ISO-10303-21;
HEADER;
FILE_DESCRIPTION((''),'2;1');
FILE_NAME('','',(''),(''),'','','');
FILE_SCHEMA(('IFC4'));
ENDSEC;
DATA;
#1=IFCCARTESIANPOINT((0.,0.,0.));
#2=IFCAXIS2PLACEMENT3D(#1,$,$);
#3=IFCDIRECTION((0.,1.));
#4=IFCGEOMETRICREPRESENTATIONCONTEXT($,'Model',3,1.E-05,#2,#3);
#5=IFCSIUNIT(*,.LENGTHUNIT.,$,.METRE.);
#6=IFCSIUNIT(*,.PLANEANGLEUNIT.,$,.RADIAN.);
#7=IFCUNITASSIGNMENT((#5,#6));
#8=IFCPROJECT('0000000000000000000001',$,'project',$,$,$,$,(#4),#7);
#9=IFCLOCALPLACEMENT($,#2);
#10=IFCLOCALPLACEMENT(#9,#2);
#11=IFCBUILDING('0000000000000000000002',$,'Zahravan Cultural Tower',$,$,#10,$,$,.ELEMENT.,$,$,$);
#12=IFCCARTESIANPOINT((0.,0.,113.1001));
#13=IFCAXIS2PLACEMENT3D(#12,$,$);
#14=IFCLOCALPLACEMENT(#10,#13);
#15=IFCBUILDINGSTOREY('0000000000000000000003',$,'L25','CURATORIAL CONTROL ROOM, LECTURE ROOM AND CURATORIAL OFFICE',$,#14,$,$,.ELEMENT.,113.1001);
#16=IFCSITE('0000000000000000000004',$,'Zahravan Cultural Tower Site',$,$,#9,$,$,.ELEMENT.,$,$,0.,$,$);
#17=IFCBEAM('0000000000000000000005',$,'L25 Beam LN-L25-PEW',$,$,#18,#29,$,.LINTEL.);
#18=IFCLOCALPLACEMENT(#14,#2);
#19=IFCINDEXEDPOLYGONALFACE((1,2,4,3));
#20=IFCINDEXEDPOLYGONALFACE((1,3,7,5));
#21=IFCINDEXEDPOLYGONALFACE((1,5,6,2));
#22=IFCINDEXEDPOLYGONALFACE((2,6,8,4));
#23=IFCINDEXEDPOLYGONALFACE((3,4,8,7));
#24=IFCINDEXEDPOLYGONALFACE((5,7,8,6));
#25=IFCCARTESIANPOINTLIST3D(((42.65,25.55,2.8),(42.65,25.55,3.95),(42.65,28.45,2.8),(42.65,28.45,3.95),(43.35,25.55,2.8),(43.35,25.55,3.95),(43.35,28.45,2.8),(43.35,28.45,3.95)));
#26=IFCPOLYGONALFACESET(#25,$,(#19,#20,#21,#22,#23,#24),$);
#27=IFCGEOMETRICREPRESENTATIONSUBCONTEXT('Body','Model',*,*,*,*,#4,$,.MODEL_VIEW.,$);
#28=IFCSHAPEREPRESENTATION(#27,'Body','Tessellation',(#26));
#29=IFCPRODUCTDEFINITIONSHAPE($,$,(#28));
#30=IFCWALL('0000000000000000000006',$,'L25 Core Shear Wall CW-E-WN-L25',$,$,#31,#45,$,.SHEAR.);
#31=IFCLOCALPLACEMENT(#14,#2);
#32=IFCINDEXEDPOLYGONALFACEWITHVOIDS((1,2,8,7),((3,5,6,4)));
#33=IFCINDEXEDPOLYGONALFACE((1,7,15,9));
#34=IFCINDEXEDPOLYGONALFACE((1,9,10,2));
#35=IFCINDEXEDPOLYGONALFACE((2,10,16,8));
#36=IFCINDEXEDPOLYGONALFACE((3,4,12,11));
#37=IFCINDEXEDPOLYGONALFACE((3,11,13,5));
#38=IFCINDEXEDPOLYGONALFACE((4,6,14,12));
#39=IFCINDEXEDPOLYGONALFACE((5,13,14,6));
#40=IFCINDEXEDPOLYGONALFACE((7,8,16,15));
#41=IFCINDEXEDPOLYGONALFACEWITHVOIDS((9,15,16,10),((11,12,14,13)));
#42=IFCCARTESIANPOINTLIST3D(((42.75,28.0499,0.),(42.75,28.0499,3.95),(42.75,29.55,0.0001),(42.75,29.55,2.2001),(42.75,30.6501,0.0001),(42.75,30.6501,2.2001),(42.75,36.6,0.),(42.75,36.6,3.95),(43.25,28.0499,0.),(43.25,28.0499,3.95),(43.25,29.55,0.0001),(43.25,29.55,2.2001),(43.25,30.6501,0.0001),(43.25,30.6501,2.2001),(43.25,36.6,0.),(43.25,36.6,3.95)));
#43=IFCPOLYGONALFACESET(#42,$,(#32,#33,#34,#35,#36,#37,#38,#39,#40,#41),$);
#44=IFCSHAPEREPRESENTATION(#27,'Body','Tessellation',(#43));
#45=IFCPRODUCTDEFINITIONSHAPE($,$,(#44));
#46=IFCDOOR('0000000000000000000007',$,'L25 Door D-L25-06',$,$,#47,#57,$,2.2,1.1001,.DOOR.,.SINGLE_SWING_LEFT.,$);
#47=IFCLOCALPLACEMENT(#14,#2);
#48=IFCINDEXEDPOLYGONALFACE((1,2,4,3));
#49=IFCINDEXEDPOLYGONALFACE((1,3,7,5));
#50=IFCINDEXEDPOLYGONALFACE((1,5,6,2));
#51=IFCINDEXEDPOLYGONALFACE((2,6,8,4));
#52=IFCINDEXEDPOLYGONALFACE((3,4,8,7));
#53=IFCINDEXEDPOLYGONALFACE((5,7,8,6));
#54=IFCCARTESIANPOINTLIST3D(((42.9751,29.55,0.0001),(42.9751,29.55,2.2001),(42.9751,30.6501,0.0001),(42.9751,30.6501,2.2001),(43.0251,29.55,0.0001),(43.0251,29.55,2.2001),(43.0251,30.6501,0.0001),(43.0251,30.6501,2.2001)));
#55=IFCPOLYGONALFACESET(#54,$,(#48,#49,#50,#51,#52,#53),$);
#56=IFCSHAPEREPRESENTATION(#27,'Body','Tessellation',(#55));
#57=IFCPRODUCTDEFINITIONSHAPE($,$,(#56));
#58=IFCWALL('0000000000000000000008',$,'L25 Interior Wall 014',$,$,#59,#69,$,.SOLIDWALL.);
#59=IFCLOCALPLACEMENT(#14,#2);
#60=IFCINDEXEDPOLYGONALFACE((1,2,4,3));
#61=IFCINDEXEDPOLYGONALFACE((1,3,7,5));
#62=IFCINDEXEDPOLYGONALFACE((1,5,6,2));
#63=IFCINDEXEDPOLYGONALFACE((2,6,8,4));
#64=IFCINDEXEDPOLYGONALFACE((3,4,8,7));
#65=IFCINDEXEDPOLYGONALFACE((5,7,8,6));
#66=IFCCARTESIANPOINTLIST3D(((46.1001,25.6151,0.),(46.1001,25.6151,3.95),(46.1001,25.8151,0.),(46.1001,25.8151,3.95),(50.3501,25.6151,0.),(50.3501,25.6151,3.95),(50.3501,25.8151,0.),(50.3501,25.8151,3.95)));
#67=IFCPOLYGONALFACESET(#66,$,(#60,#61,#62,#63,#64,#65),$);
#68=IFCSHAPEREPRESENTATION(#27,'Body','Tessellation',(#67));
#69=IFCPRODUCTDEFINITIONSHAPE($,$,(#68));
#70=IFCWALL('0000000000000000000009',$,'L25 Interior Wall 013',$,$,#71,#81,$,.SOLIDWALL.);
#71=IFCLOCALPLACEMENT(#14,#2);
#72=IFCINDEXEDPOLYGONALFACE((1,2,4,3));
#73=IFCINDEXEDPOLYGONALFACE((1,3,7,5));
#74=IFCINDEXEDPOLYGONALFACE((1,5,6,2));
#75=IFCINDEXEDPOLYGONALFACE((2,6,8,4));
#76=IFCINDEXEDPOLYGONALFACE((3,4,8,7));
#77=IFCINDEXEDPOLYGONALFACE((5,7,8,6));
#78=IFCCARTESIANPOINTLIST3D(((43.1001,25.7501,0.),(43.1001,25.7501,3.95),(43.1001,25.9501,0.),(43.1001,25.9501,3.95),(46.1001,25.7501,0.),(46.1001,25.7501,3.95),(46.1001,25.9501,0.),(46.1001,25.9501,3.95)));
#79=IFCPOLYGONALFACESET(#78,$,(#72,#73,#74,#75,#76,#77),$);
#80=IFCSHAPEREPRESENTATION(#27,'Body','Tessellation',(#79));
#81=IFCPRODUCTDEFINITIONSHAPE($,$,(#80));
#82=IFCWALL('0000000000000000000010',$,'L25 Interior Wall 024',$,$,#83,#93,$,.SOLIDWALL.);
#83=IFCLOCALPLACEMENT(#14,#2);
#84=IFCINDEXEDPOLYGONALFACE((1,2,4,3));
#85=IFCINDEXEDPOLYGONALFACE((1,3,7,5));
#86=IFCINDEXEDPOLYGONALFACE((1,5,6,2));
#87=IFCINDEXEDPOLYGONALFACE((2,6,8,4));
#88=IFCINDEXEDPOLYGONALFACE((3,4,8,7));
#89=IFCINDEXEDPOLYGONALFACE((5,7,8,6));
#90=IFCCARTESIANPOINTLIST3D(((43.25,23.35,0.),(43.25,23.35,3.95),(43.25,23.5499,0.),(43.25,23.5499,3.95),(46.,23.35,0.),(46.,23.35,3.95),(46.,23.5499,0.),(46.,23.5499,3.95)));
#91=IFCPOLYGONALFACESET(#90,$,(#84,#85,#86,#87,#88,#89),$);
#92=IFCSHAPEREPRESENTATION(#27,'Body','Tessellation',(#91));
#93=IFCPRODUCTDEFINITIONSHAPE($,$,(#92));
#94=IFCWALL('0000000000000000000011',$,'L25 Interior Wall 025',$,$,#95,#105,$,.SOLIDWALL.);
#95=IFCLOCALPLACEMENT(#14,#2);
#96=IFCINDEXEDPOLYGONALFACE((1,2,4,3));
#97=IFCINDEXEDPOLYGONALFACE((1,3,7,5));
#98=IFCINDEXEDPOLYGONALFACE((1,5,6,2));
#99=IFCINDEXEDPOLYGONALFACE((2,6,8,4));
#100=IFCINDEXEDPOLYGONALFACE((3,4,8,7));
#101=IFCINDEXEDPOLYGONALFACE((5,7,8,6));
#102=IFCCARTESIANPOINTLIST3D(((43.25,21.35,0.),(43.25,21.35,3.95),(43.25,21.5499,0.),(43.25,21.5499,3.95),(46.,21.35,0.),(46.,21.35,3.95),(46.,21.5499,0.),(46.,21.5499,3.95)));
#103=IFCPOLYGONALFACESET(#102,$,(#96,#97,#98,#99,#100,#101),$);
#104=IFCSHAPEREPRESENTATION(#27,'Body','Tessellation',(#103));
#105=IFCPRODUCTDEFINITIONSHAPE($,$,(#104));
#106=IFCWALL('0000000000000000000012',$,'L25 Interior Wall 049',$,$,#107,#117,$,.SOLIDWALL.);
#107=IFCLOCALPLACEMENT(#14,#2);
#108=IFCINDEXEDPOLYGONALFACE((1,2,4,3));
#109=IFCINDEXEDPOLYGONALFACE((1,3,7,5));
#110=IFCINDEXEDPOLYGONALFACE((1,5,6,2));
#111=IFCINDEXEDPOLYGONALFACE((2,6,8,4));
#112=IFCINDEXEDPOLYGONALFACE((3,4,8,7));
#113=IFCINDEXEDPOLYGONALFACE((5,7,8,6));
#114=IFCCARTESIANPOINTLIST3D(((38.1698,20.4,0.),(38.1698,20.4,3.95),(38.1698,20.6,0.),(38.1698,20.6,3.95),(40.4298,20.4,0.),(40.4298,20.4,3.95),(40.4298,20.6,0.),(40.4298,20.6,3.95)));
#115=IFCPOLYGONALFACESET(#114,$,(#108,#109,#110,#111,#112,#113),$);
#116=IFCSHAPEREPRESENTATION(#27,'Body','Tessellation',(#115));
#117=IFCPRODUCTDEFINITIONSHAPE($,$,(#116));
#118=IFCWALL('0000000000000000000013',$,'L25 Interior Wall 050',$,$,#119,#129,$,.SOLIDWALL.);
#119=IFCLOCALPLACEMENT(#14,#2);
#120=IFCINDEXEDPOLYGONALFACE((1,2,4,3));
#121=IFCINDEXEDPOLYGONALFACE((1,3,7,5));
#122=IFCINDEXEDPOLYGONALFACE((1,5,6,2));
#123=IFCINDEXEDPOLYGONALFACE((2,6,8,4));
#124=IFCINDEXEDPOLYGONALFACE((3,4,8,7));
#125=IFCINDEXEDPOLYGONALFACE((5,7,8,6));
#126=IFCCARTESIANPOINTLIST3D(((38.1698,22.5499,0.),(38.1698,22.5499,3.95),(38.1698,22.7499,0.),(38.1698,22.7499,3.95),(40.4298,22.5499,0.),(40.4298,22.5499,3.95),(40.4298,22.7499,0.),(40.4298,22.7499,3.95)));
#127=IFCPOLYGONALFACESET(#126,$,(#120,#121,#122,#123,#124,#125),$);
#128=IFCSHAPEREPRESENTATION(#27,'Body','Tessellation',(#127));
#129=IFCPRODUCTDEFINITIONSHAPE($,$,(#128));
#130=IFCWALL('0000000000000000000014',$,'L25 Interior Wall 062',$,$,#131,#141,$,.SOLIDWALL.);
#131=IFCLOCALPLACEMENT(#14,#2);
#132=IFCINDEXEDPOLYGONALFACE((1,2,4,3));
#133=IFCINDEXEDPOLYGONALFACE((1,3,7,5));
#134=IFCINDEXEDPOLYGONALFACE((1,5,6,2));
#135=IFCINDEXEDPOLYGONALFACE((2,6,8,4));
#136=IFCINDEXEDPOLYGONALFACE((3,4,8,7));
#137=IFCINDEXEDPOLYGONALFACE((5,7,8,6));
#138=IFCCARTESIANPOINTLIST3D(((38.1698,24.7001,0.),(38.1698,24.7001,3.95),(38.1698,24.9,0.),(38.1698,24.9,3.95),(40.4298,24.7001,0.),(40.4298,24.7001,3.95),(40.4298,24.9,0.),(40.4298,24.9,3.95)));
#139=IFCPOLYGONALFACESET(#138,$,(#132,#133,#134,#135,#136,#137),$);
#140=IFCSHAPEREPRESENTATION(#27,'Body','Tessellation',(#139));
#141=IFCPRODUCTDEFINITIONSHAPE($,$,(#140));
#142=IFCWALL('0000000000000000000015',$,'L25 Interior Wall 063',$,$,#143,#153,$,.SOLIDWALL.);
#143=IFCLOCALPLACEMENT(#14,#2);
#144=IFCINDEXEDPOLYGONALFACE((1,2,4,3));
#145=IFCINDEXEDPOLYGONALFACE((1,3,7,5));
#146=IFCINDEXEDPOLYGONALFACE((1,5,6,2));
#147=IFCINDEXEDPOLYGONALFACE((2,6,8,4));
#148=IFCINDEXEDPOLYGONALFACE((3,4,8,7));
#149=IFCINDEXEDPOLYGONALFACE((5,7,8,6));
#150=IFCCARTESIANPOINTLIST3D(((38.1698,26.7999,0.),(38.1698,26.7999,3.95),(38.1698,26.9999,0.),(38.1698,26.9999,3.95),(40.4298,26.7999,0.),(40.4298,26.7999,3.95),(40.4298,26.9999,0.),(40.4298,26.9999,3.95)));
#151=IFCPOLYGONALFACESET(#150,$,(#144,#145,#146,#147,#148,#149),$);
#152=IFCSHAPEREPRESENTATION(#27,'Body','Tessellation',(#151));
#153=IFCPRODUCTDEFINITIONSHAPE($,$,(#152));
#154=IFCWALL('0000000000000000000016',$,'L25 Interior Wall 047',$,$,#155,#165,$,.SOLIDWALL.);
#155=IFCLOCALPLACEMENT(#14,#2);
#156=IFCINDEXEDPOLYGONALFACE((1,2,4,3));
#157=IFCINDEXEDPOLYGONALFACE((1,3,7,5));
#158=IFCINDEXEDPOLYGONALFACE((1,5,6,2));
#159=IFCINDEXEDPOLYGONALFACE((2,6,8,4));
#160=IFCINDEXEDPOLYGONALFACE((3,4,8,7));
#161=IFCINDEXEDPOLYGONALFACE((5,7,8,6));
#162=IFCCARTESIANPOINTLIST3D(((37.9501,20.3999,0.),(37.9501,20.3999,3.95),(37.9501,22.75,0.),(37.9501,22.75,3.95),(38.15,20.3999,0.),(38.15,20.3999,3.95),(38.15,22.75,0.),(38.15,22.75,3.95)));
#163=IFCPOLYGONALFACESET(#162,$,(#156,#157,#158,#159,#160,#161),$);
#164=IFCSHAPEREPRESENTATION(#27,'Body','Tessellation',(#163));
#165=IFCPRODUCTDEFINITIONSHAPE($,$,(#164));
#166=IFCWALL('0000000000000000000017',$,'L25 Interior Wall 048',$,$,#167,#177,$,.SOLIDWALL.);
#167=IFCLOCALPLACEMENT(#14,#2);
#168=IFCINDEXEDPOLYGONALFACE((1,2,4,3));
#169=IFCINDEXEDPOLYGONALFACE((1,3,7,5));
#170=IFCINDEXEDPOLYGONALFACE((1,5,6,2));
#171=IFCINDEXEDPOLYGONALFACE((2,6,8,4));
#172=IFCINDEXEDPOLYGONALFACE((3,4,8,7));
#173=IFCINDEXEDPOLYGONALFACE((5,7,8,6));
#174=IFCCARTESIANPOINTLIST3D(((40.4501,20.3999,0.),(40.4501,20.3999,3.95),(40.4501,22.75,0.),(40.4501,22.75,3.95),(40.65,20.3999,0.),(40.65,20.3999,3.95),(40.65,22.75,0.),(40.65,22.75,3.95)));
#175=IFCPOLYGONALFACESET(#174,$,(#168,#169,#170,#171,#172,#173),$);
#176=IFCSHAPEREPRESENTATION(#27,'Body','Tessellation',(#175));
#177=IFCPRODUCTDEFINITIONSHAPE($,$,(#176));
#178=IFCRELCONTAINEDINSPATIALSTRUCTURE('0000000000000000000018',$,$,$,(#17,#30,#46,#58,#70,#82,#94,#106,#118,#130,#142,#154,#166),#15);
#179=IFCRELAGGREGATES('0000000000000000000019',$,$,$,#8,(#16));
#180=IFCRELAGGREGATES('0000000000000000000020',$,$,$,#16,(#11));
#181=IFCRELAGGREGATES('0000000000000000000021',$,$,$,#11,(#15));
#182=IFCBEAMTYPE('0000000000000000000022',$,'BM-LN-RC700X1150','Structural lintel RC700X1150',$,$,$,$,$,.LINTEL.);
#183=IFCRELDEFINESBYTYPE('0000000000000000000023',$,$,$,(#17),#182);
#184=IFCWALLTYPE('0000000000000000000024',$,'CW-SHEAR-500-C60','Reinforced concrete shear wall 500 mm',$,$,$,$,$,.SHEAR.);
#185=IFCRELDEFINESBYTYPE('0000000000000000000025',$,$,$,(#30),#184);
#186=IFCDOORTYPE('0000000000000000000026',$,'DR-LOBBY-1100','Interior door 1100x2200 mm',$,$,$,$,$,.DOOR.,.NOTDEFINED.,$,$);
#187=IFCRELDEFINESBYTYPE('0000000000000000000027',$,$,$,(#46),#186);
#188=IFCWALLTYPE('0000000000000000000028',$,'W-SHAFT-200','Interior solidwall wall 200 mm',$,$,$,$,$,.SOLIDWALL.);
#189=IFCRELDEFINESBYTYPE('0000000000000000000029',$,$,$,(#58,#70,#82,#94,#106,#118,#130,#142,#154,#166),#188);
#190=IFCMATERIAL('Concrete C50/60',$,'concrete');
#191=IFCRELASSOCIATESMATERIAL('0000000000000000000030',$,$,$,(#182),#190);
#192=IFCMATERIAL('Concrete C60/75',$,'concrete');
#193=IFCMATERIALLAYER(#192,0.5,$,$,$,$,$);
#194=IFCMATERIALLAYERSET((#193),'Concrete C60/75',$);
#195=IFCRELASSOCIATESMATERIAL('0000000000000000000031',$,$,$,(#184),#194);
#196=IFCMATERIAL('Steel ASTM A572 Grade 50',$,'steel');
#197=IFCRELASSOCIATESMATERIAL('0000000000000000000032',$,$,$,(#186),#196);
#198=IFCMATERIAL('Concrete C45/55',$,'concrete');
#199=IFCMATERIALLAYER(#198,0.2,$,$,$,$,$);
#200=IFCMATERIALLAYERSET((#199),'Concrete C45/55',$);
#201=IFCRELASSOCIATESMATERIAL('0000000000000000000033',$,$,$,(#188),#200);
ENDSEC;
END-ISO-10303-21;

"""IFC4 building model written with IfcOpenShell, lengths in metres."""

from ifc_helpers import new_model, si_unit, direction, frame, frame_2d, origin, origin_2d, place, context, subcontext, project, spatial, rectangle, extrude, source, transform, mapped, material, layer, layer_set, material_profile, profile_set, type_object, element, fill, save


model = new_model("IFC4")

# Units and contexts
model_context = context("Model", 3, precision=1e-05, world=origin(), true_north=direction((0.0, 1.0)))
body_context = subcontext(model_context, "Body", "Model", "MODEL_VIEW")
ifc_project = project(units=[si_unit("LENGTHUNIT", "METRE"), si_unit("PLANEANGLEUNIT", "RADIAN")], contexts=[model_context])

# Site, building, storey
site_placement = place(None, origin())
site = spatial("IfcSite", under=ifc_project, at=site_placement, Name="Zahravan Cultural Tower Site", CompositionType="ELEMENT", RefElevation=0.0)
building_placement = place(site_placement, origin())
building = spatial("IfcBuilding", under=site, at=building_placement, Name="Zahravan Cultural Tower", CompositionType="ELEMENT")
storey_placement = place(building_placement, frame((0.0, 0.0, 113.1001)))
storey = spatial("IfcBuildingStorey", under=building, at=storey_placement, Name="L25", Description="CURATORIAL CONTROL ROOM, LECTURE ROOM AND CURATORIAL OFFICE", CompositionType="ELEMENT", Elevation=113.1001)

# Beam
ifc_material_1 = material(Name="Concrete C50/60", Category="concrete")
ifc_material_profile = material_profile(ifc_material_1, rectangle(XDim=0.7, YDim=1.1499, at=origin_2d()), Name="RC700X1150")
ifc_profile_set = profile_set([ifc_material_profile], Name="Concrete C50/60")
beam_type = type_object("IfcBeamType", Name="BM-LN-RC700X1150", Description="Structural lintel RC700X1150", PredefinedType="LINTEL", material=ifc_profile_set)
shared_shape_1 = source(origin(), body_context, "Body", "SweptSolid", [
    extrude(rectangle(XDim=0.7, YDim=1.1499, at=origin_2d()), origin(), (0.0, 0.0, 1.0), 2.8999),
])
beam_placement = place(storey_placement, frame((43.0, 25.55, 3.375), z_axis=(0.0, 1.0, 0.0), x_axis=(-1.0, 0.0, 0.0)))
element("IfcBeam", 1, at=beam_placement, inside=storey, type_object=beam_type, Name="L25 Beam LN-L25-PEW", PredefinedType="LINTEL", context=body_context, shape_type="MappedRepresentation", body=[
    mapped(shared_shape_1, transform((0.0, 0.0, 0.0), x_axis=(1.0, 0.0, 0.0), y_axis=(0.0, 1.0, 0.0), z_axis=(0.0, 0.0, 1.0), scale=1.0)),
])

# Wall, opening, door
ifc_material_2 = material(Name="Concrete C60/75", Category="concrete")
ifc_layer_1 = layer(ifc_material_2, 0.5)
ifc_layer_set_1 = layer_set([ifc_layer_1], Name="Concrete C60/75")
wall_type_1 = type_object("IfcWallType", Name="CW-SHEAR-500-C60", Description="Reinforced concrete shear wall 500 mm", PredefinedType="SHEAR", material=ifc_layer_set_1)
wall_1_placement = place(storey_placement, frame((43.0, 28.05, 0.0), z_axis=(0.0, 0.0, 1.0), x_axis=(0.0, 1.0, 0.0)))
wall_1 = element("IfcWall", 2, at=wall_1_placement, inside=storey, type_object=wall_type_1, Name="L25 Core Shear Wall CW-E-WN-L25", PredefinedType="SHEAR", context=body_context, shape_type="SweptSolid", body=[
    extrude(rectangle(XDim=8.55, YDim=0.5, at=frame_2d((4.2749, 0.0))), origin(), (0.0, 0.0, 1.0), 3.95),
])
opening_1_placement = place(wall_1_placement, frame((1.5, 0.0, 0.0)))
opening_1 = element("IfcOpeningElement", 3, at=opening_1_placement, cuts=wall_1, PredefinedType="OPENING", context=body_context, shape_type="SweptSolid", body=[
    extrude(rectangle(XDim=1.1001, YDim=2.2, at=frame_2d((0.55, 1.1001))), frame((0.0, 0.26, 0.0), z_axis=(0.0, -1.0, 0.0), x_axis=(1.0, 0.0, 0.0)), (0.0, 0.0, 1.0), 0.52),
])
ifc_material_3 = material(Name="Steel ASTM A572 Grade 50", Category="steel")
door_type_1 = type_object("IfcDoorType", Name="DR-LOBBY-1100", Description="Interior door 1100x2200 mm", OperationType="NOTDEFINED", PredefinedType="DOOR", material=ifc_material_3)
shared_shape_2 = source(origin(), body_context, "Body", "SweptSolid", [
    extrude(rectangle(XDim=1.1001, YDim=2.2, at=frame_2d((0.55, 1.1001))), frame((0.0, 0.0249, 0.0), z_axis=(0.0, -1.0, 0.0), x_axis=(1.0, 0.0, 0.0)), (0.0, 0.0, 1.0), 0.05),
])
door_1_placement = place(opening_1_placement, origin())
door_1 = element("IfcDoor", 4, at=door_1_placement, inside=storey, type_object=door_type_1, Name="L25 Door D-L25-06", OperationType="SINGLE_SWING_LEFT", OverallHeight=2.2, OverallWidth=1.1001, PredefinedType="DOOR", context=body_context, shape_type="MappedRepresentation", body=[
    mapped(shared_shape_2, transform((0.0, 0.0, 0.0), x_axis=(1.0, 0.0, 0.0), y_axis=(0.0, 1.0, 0.0), z_axis=(0.0, 0.0, 1.0), scale=1.0)),
])
fill(opening_1, door_1)
ifc_material_4 = material(Name="Concrete C45/55", Category="concrete")
ifc_layer_2 = layer(ifc_material_4, 0.2)
ifc_layer_set_2 = layer_set([ifc_layer_2], Name="Concrete C45/55")
wall_type_2 = type_object("IfcWallType", Name="W-SHAFT-200", Description="Interior solidwall wall 200 mm", PredefinedType="SOLIDWALL", material=ifc_layer_set_2)

# Walls
shared_shape_3 = source(origin(), body_context, "Body", "SweptSolid", [
    extrude(rectangle(XDim=4.25, YDim=0.2, at=frame_2d((2.125, 0.0))), origin(), (0.0, 0.0, 1.0), 3.95),
])
wall_2_placement = place(storey_placement, frame((46.1001, 25.7151, 0.0), z_axis=(0.0, 0.0, 1.0), x_axis=(1.0, 0.0, 0.0)))
element("IfcWall", 5, at=wall_2_placement, inside=storey, type_object=wall_type_2, Name="L25 Interior Wall 014", PredefinedType="SOLIDWALL", context=body_context, shape_type="MappedRepresentation", body=[
    mapped(shared_shape_3, transform((0.0, 0.0, 0.0), x_axis=(1.0, 0.0, 0.0), y_axis=(0.0, 1.0, 0.0), z_axis=(0.0, 0.0, 1.0), scale=1.0)),
])
shared_shape_4 = source(origin(), body_context, "Body", "SweptSolid", [
    extrude(rectangle(XDim=3.0, YDim=0.2, at=frame_2d((1.5, 0.0))), origin(), (0.0, 0.0, 1.0), 3.95),
])
wall_3_placement = place(storey_placement, frame((43.1001, 25.8501, 0.0), z_axis=(0.0, 0.0, 1.0), x_axis=(1.0, 0.0, 0.0)))
element("IfcWall", 6, at=wall_3_placement, inside=storey, type_object=wall_type_2, Name="L25 Interior Wall 013", PredefinedType="SOLIDWALL", context=body_context, shape_type="MappedRepresentation", body=[
    mapped(shared_shape_4, transform((0.0, 0.0, 0.0), x_axis=(1.0, 0.0, 0.0), y_axis=(0.0, 1.0, 0.0), z_axis=(0.0, 0.0, 1.0), scale=1.0)),
])
shared_shape_5 = source(origin(), body_context, "Body", "SweptSolid", [
    extrude(rectangle(XDim=2.75, YDim=0.2, at=frame_2d((1.375, 0.0))), origin(), (0.0, 0.0, 1.0), 3.95),
])
for number, where, z_axis, x_axis, name in (
    (7, (43.25, 23.45, 0.0), (0.0, 0.0, 1.0), (1.0, 0.0, 0.0), "L25 Interior Wall 024"),
    (8, (43.25, 21.45, 0.0), (0.0, 0.0, 1.0), (1.0, 0.0, 0.0), "L25 Interior Wall 025"),
):
    element("IfcWall", number, at=place(storey_placement, frame(where, z_axis=z_axis, x_axis=x_axis)), inside=storey, type_object=wall_type_2, Name=name, PredefinedType="SOLIDWALL", context=body_context, shape_type="MappedRepresentation", body=[
        mapped(shared_shape_5, transform((0.0, 0.0, 0.0), x_axis=(1.0, 0.0, 0.0), y_axis=(0.0, 1.0, 0.0), z_axis=(0.0, 0.0, 1.0), scale=1.0)),
    ])
shared_shape_6 = source(origin(), body_context, "Body", "SweptSolid", [
    extrude(rectangle(XDim=2.26, YDim=0.2, at=frame_2d((1.1299, 0.0))), origin(), (0.0, 0.0, 1.0), 3.95),
])
for number, where, z_axis, x_axis, name in (
    (9, (38.1699, 20.5, 0.0), (0.0, 0.0, 1.0), (1.0, 0.0, 0.0), "L25 Interior Wall 049"),
    (10, (38.1699, 22.6499, 0.0), (0.0, 0.0, 1.0), (1.0, 0.0, 0.0), "L25 Interior Wall 050"),
    (11, (38.1699, 24.8, 0.0), (0.0, 0.0, 1.0), (1.0, 0.0, 0.0), "L25 Interior Wall 062"),
    (12, (38.1699, 26.8999, 0.0), (0.0, 0.0, 1.0), (1.0, 0.0, 0.0), "L25 Interior Wall 063"),
):
    element("IfcWall", number, at=place(storey_placement, frame(where, z_axis=z_axis, x_axis=x_axis)), inside=storey, type_object=wall_type_2, Name=name, PredefinedType="SOLIDWALL", context=body_context, shape_type="MappedRepresentation", body=[
        mapped(shared_shape_6, transform((0.0, 0.0, 0.0), x_axis=(1.0, 0.0, 0.0), y_axis=(0.0, 1.0, 0.0), z_axis=(0.0, 0.0, 1.0), scale=1.0)),
    ])
shared_shape_7 = source(origin(), body_context, "Body", "SweptSolid", [
    extrude(rectangle(XDim=2.3501, YDim=0.2, at=frame_2d((1.175, 0.0))), origin(), (0.0, 0.0, 1.0), 3.95),
])
for number, where, z_axis, x_axis, name in (
    (13, (38.05, 20.3999, 0.0), (0.0, 0.0, 1.0), (0.0, 1.0, 0.0), "L25 Interior Wall 047"),
    (14, (40.55, 20.3999, 0.0), (0.0, 0.0, 1.0), (0.0, 1.0, 0.0), "L25 Interior Wall 048"),
):
    element("IfcWall", number, at=place(storey_placement, frame(where, z_axis=z_axis, x_axis=x_axis)), inside=storey, type_object=wall_type_2, Name=name, PredefinedType="SOLIDWALL", context=body_context, shape_type="MappedRepresentation", body=[
        mapped(shared_shape_7, transform((0.0, 0.0, 0.0), x_axis=(1.0, 0.0, 0.0), y_axis=(0.0, 1.0, 0.0), z_axis=(0.0, 0.0, 1.0), scale=1.0)),
    ])

save(model, "model.ifc")
